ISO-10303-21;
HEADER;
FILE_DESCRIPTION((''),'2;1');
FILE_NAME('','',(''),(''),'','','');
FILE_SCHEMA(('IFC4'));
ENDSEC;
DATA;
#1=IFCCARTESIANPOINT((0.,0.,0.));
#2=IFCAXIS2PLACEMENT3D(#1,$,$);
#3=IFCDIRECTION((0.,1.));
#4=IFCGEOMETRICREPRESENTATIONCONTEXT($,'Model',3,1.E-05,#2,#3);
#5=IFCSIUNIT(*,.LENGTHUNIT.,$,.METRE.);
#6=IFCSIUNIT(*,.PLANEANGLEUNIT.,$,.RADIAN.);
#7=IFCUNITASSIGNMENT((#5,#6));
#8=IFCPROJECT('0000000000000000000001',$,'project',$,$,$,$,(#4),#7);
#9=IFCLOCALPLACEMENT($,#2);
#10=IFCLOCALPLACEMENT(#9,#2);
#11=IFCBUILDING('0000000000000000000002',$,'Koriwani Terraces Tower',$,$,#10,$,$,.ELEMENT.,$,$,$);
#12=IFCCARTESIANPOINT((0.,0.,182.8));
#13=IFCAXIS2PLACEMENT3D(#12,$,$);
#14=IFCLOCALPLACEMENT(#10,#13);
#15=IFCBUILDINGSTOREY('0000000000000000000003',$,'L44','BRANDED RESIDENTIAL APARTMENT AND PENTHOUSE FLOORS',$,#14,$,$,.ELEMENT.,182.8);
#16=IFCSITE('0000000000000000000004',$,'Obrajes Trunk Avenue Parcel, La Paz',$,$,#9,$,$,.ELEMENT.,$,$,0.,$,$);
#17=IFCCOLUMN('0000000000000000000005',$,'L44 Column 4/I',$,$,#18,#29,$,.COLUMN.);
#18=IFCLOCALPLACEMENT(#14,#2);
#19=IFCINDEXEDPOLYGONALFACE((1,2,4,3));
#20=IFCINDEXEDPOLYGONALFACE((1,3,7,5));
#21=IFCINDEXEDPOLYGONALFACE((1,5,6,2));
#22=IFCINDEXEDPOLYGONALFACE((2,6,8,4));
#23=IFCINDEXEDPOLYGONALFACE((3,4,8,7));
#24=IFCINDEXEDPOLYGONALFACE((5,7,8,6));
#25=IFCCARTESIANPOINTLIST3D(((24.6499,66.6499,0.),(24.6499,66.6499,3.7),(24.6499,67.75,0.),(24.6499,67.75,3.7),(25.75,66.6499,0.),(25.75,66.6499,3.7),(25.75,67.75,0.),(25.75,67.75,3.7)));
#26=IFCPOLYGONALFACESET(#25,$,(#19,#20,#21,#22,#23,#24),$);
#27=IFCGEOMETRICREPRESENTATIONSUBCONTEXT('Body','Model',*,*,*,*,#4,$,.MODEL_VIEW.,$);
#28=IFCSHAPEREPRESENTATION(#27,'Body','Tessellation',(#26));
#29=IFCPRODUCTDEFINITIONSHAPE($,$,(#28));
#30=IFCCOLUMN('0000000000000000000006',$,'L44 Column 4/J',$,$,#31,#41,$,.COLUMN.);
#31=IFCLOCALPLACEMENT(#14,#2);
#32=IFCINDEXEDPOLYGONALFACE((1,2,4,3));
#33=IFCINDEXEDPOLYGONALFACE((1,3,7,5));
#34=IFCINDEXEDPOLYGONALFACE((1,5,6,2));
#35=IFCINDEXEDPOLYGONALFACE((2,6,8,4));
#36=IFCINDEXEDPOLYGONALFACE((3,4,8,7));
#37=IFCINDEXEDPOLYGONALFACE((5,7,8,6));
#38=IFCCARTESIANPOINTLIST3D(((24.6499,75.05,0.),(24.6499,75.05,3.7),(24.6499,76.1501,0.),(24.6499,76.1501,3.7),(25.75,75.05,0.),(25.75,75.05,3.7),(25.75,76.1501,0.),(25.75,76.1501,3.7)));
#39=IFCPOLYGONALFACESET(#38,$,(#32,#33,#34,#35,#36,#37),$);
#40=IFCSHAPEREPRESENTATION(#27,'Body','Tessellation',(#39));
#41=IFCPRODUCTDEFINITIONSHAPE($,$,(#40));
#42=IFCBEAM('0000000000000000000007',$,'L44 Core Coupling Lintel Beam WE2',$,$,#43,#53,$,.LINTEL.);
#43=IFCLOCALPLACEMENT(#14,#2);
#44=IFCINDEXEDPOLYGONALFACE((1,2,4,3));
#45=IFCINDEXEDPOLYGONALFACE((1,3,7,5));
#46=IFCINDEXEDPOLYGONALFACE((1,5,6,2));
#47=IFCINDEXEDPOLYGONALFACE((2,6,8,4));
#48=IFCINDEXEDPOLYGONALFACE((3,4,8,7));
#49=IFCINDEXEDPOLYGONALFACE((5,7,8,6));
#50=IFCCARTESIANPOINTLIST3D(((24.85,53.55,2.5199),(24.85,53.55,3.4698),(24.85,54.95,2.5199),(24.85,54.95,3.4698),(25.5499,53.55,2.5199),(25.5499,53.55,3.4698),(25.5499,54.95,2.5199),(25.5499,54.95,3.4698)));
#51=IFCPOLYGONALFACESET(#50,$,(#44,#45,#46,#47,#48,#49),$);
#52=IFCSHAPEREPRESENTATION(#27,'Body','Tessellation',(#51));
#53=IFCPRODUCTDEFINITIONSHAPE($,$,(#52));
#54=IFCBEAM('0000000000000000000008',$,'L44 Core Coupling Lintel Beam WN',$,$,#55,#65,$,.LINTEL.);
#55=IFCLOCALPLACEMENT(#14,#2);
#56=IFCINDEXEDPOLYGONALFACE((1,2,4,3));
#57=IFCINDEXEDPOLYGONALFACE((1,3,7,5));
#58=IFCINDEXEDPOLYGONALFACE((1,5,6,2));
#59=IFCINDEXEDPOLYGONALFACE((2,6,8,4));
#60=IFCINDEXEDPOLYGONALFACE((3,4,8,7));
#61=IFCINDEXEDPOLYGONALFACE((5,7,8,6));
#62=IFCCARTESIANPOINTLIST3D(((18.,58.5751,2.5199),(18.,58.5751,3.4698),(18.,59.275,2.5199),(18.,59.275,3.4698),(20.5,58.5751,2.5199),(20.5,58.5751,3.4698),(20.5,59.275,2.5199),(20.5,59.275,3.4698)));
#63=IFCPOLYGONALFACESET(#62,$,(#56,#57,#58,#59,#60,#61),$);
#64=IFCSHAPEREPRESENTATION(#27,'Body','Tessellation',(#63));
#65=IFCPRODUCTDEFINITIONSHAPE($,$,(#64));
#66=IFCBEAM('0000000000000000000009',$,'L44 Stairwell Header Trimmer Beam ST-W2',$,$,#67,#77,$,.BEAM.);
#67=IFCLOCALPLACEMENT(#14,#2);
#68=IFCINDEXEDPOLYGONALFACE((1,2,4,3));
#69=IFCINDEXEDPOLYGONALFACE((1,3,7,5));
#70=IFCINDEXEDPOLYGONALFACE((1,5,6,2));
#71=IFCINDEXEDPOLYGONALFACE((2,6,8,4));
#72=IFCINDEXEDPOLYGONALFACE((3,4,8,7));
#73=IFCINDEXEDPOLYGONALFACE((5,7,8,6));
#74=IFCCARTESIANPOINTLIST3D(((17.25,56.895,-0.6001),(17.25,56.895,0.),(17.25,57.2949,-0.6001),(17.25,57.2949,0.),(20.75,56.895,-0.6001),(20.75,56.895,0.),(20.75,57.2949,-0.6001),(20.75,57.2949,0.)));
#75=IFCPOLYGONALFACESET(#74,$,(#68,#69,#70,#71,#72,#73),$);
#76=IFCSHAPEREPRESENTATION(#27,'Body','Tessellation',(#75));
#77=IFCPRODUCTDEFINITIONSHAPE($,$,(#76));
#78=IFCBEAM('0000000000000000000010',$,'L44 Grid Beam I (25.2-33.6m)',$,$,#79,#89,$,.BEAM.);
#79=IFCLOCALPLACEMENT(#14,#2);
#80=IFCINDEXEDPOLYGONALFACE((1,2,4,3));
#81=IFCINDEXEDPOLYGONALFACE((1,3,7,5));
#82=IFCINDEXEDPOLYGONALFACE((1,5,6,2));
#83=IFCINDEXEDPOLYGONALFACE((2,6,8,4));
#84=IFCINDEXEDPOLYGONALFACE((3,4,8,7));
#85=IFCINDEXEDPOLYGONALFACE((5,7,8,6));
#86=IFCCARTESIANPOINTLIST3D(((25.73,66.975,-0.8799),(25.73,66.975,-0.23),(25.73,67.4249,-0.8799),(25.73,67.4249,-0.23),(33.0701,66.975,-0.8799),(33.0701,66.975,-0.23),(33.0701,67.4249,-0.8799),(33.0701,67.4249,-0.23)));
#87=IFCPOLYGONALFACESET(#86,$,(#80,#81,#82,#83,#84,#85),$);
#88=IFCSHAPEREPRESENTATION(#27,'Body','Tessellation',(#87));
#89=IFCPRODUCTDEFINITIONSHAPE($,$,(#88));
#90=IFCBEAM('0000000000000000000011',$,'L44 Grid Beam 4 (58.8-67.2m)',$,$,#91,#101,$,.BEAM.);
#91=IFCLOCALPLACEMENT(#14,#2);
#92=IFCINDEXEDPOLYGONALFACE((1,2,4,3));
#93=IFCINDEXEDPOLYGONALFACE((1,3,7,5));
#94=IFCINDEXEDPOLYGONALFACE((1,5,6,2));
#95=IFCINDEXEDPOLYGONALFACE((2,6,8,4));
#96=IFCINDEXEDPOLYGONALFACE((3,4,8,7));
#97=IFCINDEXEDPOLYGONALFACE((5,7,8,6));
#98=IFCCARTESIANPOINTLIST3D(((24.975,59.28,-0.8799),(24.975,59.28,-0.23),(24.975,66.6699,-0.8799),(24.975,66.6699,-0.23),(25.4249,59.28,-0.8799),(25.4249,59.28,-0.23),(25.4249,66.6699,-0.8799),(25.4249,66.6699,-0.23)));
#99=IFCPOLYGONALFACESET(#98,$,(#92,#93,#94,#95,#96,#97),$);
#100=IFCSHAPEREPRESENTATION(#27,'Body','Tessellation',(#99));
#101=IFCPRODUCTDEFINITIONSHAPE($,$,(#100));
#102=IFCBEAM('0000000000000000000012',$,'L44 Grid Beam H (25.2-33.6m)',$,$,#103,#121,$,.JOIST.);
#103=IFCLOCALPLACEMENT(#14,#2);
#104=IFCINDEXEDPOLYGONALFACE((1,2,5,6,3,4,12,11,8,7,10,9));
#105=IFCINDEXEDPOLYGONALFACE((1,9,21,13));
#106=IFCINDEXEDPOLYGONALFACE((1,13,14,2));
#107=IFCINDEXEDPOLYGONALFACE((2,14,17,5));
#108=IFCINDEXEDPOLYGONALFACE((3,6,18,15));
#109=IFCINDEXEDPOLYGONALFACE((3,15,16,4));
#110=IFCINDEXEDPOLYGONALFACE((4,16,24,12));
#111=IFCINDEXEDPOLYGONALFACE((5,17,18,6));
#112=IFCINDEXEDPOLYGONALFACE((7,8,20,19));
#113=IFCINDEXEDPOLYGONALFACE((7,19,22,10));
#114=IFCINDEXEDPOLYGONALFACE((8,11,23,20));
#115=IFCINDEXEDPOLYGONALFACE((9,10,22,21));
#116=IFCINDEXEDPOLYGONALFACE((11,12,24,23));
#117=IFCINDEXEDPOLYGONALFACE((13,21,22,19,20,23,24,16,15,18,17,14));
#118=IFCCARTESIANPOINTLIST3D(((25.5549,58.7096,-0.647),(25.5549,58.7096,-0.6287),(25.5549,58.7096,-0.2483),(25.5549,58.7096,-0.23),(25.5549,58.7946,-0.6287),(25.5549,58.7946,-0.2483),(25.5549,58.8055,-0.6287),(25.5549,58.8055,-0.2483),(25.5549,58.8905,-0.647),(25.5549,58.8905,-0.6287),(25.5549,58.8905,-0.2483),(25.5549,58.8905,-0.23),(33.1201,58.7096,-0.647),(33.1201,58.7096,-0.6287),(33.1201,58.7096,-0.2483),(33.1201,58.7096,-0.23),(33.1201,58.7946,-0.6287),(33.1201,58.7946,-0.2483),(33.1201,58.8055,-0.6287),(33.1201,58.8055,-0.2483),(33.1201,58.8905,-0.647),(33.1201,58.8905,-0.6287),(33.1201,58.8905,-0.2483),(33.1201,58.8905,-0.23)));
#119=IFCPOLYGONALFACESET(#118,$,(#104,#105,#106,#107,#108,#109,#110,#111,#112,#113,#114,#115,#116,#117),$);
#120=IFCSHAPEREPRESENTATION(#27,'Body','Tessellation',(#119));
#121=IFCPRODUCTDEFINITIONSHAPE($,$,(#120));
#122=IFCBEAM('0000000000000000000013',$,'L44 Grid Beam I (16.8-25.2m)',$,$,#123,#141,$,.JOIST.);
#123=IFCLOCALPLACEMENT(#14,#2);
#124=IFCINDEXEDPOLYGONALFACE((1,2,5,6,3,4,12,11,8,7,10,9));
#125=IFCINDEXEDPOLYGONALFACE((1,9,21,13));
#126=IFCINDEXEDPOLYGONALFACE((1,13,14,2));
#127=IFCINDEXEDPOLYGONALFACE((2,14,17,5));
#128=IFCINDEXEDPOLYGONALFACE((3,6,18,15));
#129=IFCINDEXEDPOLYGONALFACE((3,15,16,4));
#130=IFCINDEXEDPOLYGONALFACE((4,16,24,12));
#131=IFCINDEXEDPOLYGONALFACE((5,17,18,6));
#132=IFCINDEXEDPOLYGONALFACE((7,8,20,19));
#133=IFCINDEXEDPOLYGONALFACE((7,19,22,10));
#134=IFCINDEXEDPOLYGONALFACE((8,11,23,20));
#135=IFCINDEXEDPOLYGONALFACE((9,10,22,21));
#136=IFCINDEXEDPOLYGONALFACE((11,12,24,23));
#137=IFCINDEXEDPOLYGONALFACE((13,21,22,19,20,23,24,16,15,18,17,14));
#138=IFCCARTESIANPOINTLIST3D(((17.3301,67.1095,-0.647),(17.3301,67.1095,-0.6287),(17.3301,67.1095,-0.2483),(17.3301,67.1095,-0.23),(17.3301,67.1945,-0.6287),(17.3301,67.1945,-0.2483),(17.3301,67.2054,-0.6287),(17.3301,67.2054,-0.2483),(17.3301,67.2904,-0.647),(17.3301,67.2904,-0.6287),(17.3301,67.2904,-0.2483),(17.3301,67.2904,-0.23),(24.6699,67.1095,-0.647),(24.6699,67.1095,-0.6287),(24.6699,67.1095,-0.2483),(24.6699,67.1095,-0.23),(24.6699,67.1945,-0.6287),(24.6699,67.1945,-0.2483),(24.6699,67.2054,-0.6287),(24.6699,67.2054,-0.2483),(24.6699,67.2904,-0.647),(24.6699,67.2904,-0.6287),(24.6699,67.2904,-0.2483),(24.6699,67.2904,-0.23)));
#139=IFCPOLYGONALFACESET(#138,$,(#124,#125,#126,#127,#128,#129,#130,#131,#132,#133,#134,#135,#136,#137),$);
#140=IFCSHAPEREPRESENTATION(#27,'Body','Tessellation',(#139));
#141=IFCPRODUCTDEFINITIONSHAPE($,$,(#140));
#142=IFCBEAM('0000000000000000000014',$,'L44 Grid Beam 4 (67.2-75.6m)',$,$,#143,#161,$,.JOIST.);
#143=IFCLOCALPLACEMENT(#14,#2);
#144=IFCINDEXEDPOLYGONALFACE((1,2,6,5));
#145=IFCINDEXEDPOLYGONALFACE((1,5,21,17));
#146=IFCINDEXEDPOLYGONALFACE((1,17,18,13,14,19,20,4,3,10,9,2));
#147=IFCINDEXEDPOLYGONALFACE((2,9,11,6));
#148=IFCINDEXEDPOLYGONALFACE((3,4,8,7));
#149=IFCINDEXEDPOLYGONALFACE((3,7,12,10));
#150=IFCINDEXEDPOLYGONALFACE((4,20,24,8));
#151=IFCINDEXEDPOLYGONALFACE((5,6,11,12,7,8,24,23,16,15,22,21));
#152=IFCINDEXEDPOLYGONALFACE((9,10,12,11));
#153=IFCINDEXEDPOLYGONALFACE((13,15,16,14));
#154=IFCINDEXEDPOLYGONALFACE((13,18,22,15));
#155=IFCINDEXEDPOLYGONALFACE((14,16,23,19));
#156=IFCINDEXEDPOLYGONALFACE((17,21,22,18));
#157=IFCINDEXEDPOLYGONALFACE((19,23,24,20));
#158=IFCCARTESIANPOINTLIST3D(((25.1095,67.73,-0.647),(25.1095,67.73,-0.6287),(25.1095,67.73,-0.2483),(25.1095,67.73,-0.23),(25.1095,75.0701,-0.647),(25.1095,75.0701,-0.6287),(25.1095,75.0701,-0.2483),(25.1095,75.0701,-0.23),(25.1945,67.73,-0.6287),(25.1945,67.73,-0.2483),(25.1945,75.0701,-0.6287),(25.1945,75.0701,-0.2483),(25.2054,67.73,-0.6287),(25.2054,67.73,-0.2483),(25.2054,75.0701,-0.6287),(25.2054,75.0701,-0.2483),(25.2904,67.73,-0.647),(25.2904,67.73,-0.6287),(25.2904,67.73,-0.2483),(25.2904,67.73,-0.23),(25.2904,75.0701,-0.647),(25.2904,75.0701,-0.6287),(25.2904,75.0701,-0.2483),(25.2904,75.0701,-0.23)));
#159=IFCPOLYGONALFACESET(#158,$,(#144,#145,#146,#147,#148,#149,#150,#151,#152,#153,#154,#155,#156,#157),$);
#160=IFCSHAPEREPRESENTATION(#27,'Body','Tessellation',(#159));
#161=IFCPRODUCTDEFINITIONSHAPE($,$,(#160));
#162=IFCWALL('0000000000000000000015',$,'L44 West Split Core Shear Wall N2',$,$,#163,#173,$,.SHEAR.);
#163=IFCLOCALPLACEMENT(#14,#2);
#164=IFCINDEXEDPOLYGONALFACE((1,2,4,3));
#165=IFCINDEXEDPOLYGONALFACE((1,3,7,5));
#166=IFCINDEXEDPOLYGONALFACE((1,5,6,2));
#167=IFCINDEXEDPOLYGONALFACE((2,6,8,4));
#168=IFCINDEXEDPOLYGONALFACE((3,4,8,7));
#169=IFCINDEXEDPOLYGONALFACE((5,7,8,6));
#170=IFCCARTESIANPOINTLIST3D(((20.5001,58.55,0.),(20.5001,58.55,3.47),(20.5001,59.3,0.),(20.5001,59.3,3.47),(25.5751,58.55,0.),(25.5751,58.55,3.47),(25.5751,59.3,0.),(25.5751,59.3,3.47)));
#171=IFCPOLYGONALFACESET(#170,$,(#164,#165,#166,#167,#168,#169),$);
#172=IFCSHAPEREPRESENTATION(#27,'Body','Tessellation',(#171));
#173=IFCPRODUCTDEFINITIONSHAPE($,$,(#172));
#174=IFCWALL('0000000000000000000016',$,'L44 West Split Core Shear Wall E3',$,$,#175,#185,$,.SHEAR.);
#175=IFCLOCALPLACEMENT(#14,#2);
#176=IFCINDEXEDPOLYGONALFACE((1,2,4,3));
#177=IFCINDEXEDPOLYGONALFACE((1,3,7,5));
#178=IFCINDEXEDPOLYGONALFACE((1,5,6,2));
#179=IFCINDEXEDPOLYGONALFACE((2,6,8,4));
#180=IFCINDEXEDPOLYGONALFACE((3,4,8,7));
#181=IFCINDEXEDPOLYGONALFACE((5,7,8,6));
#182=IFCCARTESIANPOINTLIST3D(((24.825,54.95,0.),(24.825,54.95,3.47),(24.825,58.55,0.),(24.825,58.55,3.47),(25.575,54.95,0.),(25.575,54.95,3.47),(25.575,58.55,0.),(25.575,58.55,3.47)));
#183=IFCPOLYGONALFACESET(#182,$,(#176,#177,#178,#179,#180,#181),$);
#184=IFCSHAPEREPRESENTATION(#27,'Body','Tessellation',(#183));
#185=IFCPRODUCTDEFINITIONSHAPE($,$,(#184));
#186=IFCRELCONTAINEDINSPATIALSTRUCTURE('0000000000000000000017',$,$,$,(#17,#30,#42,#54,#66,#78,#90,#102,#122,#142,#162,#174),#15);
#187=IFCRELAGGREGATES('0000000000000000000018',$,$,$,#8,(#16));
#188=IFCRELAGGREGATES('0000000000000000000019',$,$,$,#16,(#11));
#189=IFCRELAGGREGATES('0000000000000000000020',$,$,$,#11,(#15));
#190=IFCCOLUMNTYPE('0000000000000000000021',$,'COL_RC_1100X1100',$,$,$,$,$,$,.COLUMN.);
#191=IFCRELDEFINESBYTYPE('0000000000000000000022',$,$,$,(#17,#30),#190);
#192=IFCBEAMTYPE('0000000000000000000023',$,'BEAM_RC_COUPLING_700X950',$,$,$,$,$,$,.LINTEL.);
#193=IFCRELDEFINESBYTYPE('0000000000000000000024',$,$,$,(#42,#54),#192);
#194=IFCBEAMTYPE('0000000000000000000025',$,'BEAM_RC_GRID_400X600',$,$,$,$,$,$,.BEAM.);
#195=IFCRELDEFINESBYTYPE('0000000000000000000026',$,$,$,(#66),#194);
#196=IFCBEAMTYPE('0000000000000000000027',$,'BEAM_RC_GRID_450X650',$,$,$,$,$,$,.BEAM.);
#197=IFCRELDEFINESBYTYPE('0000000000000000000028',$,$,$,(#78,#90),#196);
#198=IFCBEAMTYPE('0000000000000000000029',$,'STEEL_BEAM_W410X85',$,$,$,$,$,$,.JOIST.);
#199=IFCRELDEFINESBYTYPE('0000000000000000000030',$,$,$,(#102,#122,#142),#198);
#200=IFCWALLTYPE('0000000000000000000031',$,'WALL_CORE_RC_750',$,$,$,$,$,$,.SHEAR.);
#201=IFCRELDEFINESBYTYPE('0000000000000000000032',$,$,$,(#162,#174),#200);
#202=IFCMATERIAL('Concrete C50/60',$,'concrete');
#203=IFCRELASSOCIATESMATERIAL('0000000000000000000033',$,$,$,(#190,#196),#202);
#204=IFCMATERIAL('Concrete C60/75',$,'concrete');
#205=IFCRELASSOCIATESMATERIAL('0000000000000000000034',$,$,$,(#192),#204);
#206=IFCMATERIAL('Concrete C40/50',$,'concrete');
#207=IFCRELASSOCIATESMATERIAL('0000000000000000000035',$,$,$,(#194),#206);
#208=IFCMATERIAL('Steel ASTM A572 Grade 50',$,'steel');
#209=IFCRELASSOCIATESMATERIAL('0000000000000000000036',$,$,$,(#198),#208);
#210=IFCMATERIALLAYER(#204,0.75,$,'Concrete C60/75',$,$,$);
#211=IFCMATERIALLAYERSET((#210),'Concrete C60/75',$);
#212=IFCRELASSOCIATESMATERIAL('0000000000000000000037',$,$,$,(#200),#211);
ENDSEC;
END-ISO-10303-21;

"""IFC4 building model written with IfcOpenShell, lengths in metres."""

from ifc_helpers import new_model, si_unit, direction, frame, frame_2d, origin, origin_2d, place, context, subcontext, project, spatial, rectangle, i_section, extrude, material, layer, layer_set, material_profile, profile_set, type_object, element, save


model = new_model("IFC4")

# Units and contexts
model_context = context("Model", 3, precision=1e-05, world=origin(), true_north=direction((0.0, 1.0)))
body_context = subcontext(model_context, "Body", "Model", "MODEL_VIEW")
ifc_project = project(units=[si_unit("LENGTHUNIT", "METRE"), si_unit("PLANEANGLEUNIT", "RADIAN")], contexts=[model_context])

# Site, building, storey
site_placement = place(None, origin())
site = spatial("IfcSite", under=ifc_project, at=site_placement, Name="Obrajes Trunk Avenue Parcel, La Paz", CompositionType="ELEMENT", RefElevation=0.0)
building_placement = place(site_placement, origin())
building = spatial("IfcBuilding", under=site, at=building_placement, Name="Koriwani Terraces Tower", CompositionType="ELEMENT")
storey_placement = place(building_placement, frame((0.0, 0.0, 182.8)))
storey = spatial("IfcBuildingStorey", under=building, at=storey_placement, Name="L44", Description="BRANDED RESIDENTIAL APARTMENT AND PENTHOUSE FLOORS", CompositionType="ELEMENT", Elevation=182.8)

# Columns
ifc_material_1 = material(Name="Concrete C50/60", Category="concrete")
ifc_material_profile_1 = material_profile(ifc_material_1, rectangle(XDim=1.1001, YDim=1.1001, at=origin_2d()), Name="Concrete C50/60", Category="LoadBearing")
ifc_profile_set_1 = profile_set([ifc_material_profile_1], Name="Concrete C50/60")
column_type = type_object("IfcColumnType", Name="COL_RC_1100X1100", PredefinedType="COLUMN", material=ifc_profile_set_1)
for number, where, z_axis, x_axis, name in (
    (1, (25.2, 67.2, 0.0), (0.0, 0.0, 1.0), (1.0, 0.0, 0.0), "L44 Column 4/I"),
    (2, (25.2, 75.6001, 0.0), (0.0, 0.0, 1.0), (1.0, 0.0, 0.0), "L44 Column 4/J"),
):
    element("IfcColumn", number, at=place(storey_placement, frame(where, z_axis=z_axis, x_axis=x_axis)), inside=storey, type_object=column_type, Name=name, PredefinedType="COLUMN", context=body_context, shape_type="SweptSolid", body=[
        extrude(rectangle(XDim=1.1001, YDim=1.1001, at=origin_2d()), origin(), (0.0, 0.0, 1.0), 3.7),
    ])

# Beams
ifc_material_2 = material(Name="Concrete C60/75", Category="concrete")
ifc_material_profile_2 = material_profile(ifc_material_2, rectangle(XDim=0.7, YDim=0.95, at=origin_2d()), Name="Concrete C60/75", Category="LoadBearing")
ifc_profile_set_2 = profile_set([ifc_material_profile_2], Name="Concrete C60/75")
beam_type_1 = type_object("IfcBeamType", Name="BEAM_RC_COUPLING_700X950", PredefinedType="LINTEL", material=ifc_profile_set_2)
beam_1_placement = place(storey_placement, frame((25.2, 53.55, 2.9949), z_axis=(0.0, 1.0, 0.0), x_axis=(-1.0, 0.0, 0.0)))
element("IfcBeam", 3, at=beam_1_placement, inside=storey, type_object=beam_type_1, Name="L44 Core Coupling Lintel Beam WE2", PredefinedType="LINTEL", context=body_context, shape_type="SweptSolid", body=[
    extrude(rectangle(XDim=0.7, YDim=0.95, at=origin_2d()), origin(), (0.0, 0.0, 1.0), 1.3999),
])
beam_2_placement = place(storey_placement, frame((18.0, 58.925, 2.9949), z_axis=(1.0, 0.0, 0.0), x_axis=(0.0, 1.0, 0.0)))
element("IfcBeam", 4, at=beam_2_placement, inside=storey, type_object=beam_type_1, Name="L44 Core Coupling Lintel Beam WN", PredefinedType="LINTEL", context=body_context, shape_type="SweptSolid", body=[
    extrude(rectangle(XDim=0.7, YDim=0.95, at=origin_2d()), origin(), (0.0, 0.0, 1.0), 2.5),
])
ifc_material_3 = material(Name="Concrete C40/50", Category="concrete")
ifc_material_profile_3 = material_profile(ifc_material_3, rectangle(XDim=0.3999, YDim=0.6001, at=origin_2d()), Name="Concrete C40/50", Category="LoadBearing")
ifc_profile_set_3 = profile_set([ifc_material_profile_3], Name="Concrete C40/50")
beam_type_2 = type_object("IfcBeamType", Name="BEAM_RC_GRID_400X600", PredefinedType="BEAM", material=ifc_profile_set_3)
beam_3_placement = place(storey_placement, frame((17.25, 57.095, -0.3), z_axis=(1.0, 0.0, 0.0), x_axis=(0.0, 1.0, 0.0)))
element("IfcBeam", 5, at=beam_3_placement, inside=storey, type_object=beam_type_2, Name="L44 Stairwell Header Trimmer Beam ST-W2", PredefinedType="BEAM", context=body_context, shape_type="SweptSolid", body=[
    extrude(rectangle(XDim=0.3999, YDim=0.6001, at=origin_2d()), origin(), (0.0, 0.0, 1.0), 3.5),
])
ifc_material_profile_4 = material_profile(ifc_material_1, rectangle(XDim=0.45, YDim=0.6499, at=origin_2d()), Name="Concrete C50/60", Category="LoadBearing")
ifc_profile_set_4 = profile_set([ifc_material_profile_4], Name="Concrete C50/60")
beam_type_3 = type_object("IfcBeamType", Name="BEAM_RC_GRID_450X650", PredefinedType="BEAM", material=ifc_profile_set_4)
beam_4_placement = place(storey_placement, frame((25.73, 67.2, -0.5549), z_axis=(1.0, 0.0, 0.0), x_axis=(0.0, 1.0, 0.0)))
element("IfcBeam", 6, at=beam_4_placement, inside=storey, type_object=beam_type_3, Name="L44 Grid Beam I (25.2-33.6m)", PredefinedType="BEAM", context=body_context, shape_type="SweptSolid", body=[
    extrude(rectangle(XDim=0.45, YDim=0.6499, at=origin_2d()), origin(), (0.0, 0.0, 1.0), 7.3401),
])
beam_5_placement = place(storey_placement, frame((25.2, 59.28, -0.5549), z_axis=(0.0, 1.0, 0.0), x_axis=(-1.0, 0.0, 0.0)))
element("IfcBeam", 7, at=beam_5_placement, inside=storey, type_object=beam_type_3, Name="L44 Grid Beam 4 (58.8-67.2m)", PredefinedType="BEAM", context=body_context, shape_type="SweptSolid", body=[
    extrude(rectangle(XDim=0.45, YDim=0.6499, at=origin_2d()), origin(), (0.0, 0.0, 1.0), 7.3899),
])
ifc_material_4 = material(Name="Steel ASTM A572 Grade 50", Category="steel")
ifc_material_profile_5 = material_profile(ifc_material_4, i_section(OverallWidth=0.1809, OverallDepth=0.417, WebThickness=0.011, FlangeThickness=0.0183, at=origin_2d()), Name="Steel ASTM A572 Grade 50", Category="LoadBearing")
ifc_profile_set_5 = profile_set([ifc_material_profile_5], Name="Steel ASTM A572 Grade 50")
beam_type_4 = type_object("IfcBeamType", Name="STEEL_BEAM_W410X85", PredefinedType="JOIST", material=ifc_profile_set_5)
beam_6_placement = place(storey_placement, frame((25.5549, 58.8, -0.4385), z_axis=(1.0, 0.0, 0.0), x_axis=(0.0, 1.0, 0.0)))
element("IfcBeam", 8, at=beam_6_placement, inside=storey, type_object=beam_type_4, Name="L44 Grid Beam H (25.2-33.6m)", PredefinedType="JOIST", context=body_context, shape_type="SweptSolid", body=[
    extrude(i_section(OverallWidth=0.1809, OverallDepth=0.417, WebThickness=0.011, FlangeThickness=0.0183, at=origin_2d()), origin(), (0.0, 0.0, 1.0), 7.5652),
])
beam_7_placement = place(storey_placement, frame((17.3301, 67.2, -0.4385), z_axis=(1.0, 0.0, 0.0), x_axis=(0.0, 1.0, 0.0)))
element("IfcBeam", 9, at=beam_7_placement, inside=storey, type_object=beam_type_4, Name="L44 Grid Beam I (16.8-25.2m)", PredefinedType="JOIST", context=body_context, shape_type="SweptSolid", body=[
    extrude(i_section(OverallWidth=0.1809, OverallDepth=0.417, WebThickness=0.011, FlangeThickness=0.0183, at=origin_2d()), origin(), (0.0, 0.0, 1.0), 7.3398),
])
beam_8_placement = place(storey_placement, frame((25.2, 67.73, -0.4385), z_axis=(0.0, 1.0, 0.0), x_axis=(-1.0, 0.0, 0.0)))
element("IfcBeam", 10, at=beam_8_placement, inside=storey, type_object=beam_type_4, Name="L44 Grid Beam 4 (67.2-75.6m)", PredefinedType="JOIST", context=body_context, shape_type="SweptSolid", body=[
    extrude(i_section(OverallWidth=0.1809, OverallDepth=0.417, WebThickness=0.011, FlangeThickness=0.0183, at=origin_2d()), origin(), (0.0, 0.0, 1.0), 7.3401),
])

# Walls
ifc_layer_1 = layer(ifc_material_2, 0.75, Name="Concrete C60/75")
ifc_layer_set_1 = layer_set([ifc_layer_1], Name="Concrete C60/75")
wall_type_1 = type_object("IfcWallType", Name="WALL_CORE_RC_750", PredefinedType="SHEAR", material=ifc_layer_set_1)
wall_1_placement = place(storey_placement, frame((20.5, 58.925, 0.0), z_axis=(0.0, 0.0, 1.0), x_axis=(1.0, 0.0, 0.0)))
element("IfcWall", 11, at=wall_1_placement, inside=storey, type_object=wall_type_1, Name="L44 West Split Core Shear Wall N2", PredefinedType="SHEAR", context=body_context, shape_type="SweptSolid", body=[
    extrude(rectangle(XDim=5.075, YDim=0.75, at=frame_2d((2.5376, 0.0))), origin(), (0.0, 0.0, 1.0), 3.47),
])
wall_2_placement = place(storey_placement, frame((25.2, 54.95, 0.0), z_axis=(0.0, 0.0, 1.0), x_axis=(0.0, 1.0, 0.0)))
element("IfcWall", 12, at=wall_2_placement, inside=storey, type_object=wall_type_1, Name="L44 West Split Core Shear Wall E3", PredefinedType="SHEAR", context=body_context, shape_type="SweptSolid", body=[
    extrude(rectangle(XDim=3.6001, YDim=0.75, at=frame_2d((1.8, 0.0))), origin(), (0.0, 0.0, 1.0), 3.47),
])

save(model, "model.ifc")
